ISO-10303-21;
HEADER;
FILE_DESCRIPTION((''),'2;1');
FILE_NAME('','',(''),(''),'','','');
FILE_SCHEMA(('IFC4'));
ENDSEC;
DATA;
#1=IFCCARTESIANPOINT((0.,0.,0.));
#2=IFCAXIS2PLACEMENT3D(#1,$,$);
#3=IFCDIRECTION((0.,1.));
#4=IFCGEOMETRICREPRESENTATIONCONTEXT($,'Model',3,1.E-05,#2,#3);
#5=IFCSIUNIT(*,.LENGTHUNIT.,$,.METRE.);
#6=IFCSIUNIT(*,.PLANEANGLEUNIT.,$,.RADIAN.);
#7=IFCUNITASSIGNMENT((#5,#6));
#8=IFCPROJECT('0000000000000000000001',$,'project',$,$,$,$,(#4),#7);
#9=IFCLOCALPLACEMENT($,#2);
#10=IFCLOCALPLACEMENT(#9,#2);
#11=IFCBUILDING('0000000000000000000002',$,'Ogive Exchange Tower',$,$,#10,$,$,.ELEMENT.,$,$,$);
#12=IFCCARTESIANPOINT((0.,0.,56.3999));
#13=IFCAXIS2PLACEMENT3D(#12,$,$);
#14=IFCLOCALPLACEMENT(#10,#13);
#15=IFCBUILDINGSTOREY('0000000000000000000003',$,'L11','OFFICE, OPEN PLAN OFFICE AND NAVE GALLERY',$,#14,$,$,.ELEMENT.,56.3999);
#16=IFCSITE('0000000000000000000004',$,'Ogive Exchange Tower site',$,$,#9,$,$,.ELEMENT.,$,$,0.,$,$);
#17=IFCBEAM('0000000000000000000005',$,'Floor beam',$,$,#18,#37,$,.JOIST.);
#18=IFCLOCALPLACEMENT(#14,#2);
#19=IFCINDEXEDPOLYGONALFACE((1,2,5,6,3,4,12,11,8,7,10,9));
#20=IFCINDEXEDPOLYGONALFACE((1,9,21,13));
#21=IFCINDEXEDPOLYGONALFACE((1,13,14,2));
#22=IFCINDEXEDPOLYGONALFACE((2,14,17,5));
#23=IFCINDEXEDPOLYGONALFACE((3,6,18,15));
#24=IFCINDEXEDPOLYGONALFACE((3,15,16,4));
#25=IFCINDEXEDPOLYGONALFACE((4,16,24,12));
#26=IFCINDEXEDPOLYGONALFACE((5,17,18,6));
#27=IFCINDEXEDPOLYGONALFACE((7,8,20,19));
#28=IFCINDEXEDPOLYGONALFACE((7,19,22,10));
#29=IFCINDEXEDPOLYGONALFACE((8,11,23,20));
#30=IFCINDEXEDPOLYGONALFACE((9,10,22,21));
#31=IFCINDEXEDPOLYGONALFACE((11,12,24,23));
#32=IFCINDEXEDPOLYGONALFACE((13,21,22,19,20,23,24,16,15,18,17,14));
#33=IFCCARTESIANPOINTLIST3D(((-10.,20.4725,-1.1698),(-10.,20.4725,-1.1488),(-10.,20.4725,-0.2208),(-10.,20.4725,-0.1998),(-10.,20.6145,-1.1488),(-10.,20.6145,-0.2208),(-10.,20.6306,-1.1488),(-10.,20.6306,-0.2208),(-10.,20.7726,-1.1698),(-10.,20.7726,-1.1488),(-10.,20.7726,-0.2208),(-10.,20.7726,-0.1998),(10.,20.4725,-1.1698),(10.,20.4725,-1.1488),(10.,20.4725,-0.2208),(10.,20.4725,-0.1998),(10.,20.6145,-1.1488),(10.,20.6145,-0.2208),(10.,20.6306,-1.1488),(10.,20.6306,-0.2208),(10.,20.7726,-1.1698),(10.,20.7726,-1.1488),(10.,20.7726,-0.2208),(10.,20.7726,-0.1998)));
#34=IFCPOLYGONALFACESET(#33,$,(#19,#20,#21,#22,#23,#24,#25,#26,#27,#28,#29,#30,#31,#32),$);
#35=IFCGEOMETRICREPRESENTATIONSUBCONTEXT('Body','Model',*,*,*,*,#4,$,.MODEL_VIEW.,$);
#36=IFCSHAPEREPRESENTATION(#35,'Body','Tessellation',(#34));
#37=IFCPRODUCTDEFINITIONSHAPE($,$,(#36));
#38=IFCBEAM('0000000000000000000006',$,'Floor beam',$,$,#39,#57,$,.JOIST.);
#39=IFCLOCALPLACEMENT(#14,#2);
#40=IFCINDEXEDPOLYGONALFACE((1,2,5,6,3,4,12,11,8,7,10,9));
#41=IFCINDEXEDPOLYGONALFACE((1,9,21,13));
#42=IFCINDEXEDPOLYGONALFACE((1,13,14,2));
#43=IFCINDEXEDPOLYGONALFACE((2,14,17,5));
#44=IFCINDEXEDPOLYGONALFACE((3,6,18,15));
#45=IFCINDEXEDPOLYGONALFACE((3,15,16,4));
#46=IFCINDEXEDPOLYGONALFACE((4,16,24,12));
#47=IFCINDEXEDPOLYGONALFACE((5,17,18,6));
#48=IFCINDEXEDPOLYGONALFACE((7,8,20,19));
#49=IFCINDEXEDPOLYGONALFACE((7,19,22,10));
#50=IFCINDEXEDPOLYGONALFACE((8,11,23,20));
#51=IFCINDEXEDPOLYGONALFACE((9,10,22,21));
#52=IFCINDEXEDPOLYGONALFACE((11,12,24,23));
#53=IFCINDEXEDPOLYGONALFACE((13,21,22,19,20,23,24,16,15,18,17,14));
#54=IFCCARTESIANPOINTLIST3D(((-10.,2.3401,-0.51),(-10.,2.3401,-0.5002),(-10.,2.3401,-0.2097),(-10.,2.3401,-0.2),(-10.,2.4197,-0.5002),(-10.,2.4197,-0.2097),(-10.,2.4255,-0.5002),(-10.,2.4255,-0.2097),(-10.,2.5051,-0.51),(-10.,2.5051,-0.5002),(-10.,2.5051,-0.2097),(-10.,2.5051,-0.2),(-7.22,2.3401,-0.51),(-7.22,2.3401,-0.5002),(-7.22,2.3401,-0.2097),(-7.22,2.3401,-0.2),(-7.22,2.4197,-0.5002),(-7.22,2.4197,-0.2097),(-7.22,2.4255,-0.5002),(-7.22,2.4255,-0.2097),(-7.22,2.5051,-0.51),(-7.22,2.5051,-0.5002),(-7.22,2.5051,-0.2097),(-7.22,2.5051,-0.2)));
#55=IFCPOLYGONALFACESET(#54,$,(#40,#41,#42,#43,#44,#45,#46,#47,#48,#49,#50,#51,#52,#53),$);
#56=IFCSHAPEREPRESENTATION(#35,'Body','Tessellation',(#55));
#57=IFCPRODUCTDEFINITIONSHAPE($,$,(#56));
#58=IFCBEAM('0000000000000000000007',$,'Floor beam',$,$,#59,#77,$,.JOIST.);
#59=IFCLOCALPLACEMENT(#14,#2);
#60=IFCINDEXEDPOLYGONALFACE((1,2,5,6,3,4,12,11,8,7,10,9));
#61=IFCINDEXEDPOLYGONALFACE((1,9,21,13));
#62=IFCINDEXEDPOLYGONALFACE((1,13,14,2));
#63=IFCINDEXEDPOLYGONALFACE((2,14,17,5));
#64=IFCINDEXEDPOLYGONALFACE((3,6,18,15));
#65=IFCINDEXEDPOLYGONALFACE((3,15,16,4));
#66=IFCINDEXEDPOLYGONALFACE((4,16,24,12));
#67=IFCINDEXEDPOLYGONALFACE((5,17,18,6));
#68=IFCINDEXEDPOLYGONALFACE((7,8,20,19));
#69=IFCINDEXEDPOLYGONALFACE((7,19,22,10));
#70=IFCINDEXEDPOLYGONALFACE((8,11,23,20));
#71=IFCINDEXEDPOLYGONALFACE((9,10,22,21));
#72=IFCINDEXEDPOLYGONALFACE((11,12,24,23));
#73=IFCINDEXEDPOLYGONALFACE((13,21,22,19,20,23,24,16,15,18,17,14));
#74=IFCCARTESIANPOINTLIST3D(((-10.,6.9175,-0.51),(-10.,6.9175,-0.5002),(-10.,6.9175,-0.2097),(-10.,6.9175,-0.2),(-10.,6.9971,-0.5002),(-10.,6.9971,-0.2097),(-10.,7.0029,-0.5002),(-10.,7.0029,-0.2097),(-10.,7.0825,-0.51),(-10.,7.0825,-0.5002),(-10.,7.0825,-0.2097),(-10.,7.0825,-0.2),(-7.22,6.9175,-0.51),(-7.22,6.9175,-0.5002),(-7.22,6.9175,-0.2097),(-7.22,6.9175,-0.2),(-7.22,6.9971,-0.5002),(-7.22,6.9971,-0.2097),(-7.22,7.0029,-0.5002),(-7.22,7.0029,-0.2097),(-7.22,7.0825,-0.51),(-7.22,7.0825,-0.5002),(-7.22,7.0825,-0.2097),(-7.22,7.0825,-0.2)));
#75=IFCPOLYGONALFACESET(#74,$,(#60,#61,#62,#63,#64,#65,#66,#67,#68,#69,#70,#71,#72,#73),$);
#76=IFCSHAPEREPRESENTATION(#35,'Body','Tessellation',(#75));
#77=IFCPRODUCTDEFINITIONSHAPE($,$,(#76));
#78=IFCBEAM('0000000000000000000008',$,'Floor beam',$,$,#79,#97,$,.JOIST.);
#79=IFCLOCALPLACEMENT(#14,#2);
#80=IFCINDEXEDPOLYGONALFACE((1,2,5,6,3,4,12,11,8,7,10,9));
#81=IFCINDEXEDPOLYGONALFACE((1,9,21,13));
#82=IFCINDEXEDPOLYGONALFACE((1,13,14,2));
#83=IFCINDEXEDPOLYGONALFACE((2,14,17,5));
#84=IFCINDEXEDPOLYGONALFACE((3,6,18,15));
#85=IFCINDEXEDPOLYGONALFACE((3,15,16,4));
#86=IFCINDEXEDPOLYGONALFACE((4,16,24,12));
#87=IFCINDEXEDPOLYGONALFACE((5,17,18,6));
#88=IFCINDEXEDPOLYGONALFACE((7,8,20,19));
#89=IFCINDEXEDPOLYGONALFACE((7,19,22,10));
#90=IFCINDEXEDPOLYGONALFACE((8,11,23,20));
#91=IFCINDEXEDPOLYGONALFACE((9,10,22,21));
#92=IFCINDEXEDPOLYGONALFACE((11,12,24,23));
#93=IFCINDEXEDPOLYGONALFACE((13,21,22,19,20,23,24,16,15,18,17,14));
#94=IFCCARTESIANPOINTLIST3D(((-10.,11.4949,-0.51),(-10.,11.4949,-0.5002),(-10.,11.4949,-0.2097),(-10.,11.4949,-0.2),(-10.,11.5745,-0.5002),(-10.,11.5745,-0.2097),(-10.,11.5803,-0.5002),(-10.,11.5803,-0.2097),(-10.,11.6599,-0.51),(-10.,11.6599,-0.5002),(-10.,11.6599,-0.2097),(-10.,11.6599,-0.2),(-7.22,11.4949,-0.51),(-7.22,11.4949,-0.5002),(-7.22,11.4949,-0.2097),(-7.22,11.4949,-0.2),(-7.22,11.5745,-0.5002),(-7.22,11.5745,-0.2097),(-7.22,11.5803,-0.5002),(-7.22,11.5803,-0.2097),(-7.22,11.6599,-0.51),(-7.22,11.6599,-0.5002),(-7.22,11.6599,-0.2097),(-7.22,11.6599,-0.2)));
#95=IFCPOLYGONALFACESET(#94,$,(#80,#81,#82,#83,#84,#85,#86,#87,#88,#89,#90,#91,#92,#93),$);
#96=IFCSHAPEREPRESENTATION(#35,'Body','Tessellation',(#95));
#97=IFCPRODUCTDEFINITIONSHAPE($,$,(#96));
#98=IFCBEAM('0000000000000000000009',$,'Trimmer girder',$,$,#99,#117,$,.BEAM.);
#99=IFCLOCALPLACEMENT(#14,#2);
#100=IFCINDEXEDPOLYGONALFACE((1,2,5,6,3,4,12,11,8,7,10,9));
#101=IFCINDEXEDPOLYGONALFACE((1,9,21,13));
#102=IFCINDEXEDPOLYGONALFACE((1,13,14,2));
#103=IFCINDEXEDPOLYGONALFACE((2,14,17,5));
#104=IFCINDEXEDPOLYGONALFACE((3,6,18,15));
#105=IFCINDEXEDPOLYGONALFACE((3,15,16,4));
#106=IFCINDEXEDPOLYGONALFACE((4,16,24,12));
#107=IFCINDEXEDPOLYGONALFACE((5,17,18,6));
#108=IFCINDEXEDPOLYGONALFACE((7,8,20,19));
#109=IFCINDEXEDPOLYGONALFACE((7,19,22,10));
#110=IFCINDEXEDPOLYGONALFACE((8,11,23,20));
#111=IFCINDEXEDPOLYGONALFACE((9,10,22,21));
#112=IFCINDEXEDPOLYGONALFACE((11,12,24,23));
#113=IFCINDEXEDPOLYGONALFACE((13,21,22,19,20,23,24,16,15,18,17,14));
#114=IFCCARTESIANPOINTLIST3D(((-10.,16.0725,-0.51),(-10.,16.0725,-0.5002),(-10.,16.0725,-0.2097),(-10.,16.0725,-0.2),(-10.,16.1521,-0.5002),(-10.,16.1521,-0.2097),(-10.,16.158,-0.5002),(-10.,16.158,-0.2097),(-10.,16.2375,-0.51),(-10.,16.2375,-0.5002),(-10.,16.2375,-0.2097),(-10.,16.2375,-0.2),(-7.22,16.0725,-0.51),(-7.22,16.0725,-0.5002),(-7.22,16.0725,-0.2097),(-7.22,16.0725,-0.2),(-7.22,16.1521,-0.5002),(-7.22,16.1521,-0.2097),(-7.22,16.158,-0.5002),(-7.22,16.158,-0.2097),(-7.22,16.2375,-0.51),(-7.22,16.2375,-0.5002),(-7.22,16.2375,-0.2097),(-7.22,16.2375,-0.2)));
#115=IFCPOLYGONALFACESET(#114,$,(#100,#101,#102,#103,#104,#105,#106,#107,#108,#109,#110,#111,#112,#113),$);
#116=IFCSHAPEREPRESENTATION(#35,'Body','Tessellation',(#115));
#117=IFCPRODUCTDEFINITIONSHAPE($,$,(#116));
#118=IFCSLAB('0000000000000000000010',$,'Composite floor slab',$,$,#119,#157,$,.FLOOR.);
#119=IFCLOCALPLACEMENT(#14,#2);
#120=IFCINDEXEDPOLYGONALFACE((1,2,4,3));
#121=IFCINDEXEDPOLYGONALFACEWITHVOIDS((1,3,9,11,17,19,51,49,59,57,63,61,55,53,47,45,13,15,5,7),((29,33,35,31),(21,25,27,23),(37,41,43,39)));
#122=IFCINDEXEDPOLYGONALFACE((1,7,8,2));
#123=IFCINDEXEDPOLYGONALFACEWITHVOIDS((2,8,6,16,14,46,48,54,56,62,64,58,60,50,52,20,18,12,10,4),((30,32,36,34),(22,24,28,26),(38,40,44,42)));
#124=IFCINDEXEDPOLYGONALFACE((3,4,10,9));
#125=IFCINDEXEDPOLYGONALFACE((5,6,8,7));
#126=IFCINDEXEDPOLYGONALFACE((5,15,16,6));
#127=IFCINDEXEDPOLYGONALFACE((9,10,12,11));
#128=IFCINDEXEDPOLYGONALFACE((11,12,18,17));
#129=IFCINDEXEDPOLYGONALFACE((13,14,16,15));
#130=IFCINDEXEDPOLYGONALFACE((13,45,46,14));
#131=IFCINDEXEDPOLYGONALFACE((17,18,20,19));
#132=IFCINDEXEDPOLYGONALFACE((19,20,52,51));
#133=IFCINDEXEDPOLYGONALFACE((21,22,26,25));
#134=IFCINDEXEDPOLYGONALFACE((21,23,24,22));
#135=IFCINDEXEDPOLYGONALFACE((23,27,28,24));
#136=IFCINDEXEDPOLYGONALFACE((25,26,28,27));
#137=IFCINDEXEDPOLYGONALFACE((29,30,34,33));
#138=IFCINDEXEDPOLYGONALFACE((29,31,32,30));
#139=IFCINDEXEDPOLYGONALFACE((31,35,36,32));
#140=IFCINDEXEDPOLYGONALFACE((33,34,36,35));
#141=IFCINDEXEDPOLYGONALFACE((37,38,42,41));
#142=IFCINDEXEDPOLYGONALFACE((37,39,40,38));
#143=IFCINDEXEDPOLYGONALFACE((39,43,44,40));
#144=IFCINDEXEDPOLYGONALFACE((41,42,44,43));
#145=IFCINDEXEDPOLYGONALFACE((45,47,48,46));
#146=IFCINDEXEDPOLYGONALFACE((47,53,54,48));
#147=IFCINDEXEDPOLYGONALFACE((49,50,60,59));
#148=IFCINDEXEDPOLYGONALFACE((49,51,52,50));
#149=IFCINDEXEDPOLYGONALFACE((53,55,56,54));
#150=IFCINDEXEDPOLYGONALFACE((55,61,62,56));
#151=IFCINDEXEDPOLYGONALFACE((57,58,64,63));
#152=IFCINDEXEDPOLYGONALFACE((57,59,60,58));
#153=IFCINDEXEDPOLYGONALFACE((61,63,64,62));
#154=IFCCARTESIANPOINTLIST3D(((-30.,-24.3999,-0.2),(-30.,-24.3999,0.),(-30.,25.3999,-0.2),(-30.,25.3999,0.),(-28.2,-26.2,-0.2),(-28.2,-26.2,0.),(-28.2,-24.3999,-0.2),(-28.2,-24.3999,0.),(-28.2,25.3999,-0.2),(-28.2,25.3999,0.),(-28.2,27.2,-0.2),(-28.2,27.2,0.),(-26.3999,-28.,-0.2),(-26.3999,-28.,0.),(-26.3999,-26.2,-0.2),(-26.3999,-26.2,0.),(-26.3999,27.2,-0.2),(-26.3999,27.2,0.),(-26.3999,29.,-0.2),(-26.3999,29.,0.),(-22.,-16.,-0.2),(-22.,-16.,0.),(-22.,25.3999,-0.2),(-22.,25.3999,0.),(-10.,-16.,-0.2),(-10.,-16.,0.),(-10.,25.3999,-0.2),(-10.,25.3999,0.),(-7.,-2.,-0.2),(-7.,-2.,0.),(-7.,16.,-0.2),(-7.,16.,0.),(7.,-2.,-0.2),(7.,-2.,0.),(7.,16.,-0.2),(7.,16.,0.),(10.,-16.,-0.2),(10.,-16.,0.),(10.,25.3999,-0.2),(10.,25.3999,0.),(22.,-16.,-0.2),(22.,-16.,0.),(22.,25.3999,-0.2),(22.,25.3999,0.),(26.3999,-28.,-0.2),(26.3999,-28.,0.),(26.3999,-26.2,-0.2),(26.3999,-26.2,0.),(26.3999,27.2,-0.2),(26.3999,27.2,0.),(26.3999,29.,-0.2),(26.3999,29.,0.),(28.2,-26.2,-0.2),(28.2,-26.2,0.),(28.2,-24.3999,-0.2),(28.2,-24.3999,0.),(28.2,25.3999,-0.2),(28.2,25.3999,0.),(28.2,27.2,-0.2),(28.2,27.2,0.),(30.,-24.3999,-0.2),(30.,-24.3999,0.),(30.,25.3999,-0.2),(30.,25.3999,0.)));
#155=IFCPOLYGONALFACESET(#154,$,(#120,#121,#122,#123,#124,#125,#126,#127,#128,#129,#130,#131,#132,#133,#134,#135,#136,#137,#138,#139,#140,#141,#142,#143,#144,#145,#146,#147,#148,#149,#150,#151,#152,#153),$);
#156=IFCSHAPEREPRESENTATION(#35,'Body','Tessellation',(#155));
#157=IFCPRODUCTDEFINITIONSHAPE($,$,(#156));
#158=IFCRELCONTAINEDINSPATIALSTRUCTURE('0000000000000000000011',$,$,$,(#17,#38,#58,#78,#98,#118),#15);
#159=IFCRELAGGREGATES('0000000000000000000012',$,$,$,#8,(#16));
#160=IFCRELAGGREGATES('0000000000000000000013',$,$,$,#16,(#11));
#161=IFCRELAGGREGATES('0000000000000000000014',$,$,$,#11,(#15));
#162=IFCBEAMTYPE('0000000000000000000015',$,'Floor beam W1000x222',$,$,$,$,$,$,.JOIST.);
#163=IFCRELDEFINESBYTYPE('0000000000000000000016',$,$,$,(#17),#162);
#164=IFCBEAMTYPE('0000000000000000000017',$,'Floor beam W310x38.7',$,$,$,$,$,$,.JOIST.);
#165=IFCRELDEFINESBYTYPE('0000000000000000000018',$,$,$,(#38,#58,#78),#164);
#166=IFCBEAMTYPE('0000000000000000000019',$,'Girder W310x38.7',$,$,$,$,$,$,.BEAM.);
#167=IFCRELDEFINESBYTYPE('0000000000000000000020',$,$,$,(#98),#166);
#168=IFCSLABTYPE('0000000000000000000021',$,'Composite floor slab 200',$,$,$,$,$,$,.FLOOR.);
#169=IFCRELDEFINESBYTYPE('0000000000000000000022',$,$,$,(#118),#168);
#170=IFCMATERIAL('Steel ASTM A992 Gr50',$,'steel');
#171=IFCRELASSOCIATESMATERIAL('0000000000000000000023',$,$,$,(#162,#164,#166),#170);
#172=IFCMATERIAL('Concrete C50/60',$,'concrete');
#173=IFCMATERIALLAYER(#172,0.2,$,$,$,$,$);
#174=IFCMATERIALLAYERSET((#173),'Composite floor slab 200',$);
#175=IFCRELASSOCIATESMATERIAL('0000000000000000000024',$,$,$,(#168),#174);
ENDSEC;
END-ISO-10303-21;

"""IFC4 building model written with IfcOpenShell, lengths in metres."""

from ifc_helpers import new_model, si_unit, direction, frame, origin, origin_2d, place, context, subcontext, project, spatial, polyline, i_section, outline, extrude, material, layer, layer_set, material_profile, profile_set, type_object, element, save


model = new_model("IFC4")

# Units and contexts
model_context = context("Model", 3, precision=1e-05, world=origin(), true_north=direction((0.0, 1.0)))
body_context = subcontext(model_context, "Body", "Model", "MODEL_VIEW")
ifc_project = project(units=[si_unit("LENGTHUNIT", "METRE"), si_unit("PLANEANGLEUNIT", "RADIAN")], contexts=[model_context])

# Site, building, storey
site_placement = place(None, origin())
site = spatial("IfcSite", under=ifc_project, at=site_placement, Name="Ogive Exchange Tower site", CompositionType="ELEMENT", RefElevation=0.0)
building_placement = place(site_placement, origin())
building = spatial("IfcBuilding", under=site, at=building_placement, Name="Ogive Exchange Tower", CompositionType="ELEMENT")
storey_placement = place(building_placement, frame((0.0, 0.0, 56.3999)))
storey = spatial("IfcBuildingStorey", under=building, at=storey_placement, Name="L11", Description="OFFICE, OPEN PLAN OFFICE AND NAVE GALLERY", CompositionType="ELEMENT", Elevation=56.3999)

# Beams
ifc_material_1 = material(Name="Steel ASTM A992 Gr50", Category="steel")
ifc_material_profile_1 = material_profile(ifc_material_1, i_section(OverallWidth=0.3, OverallDepth=0.97, WebThickness=0.0161, FlangeThickness=0.021, at=origin_2d()), Name="W1000x222")
ifc_profile_set_1 = profile_set([ifc_material_profile_1], Name="Steel ASTM A992 Gr50")
beam_type_1 = type_object("IfcBeamType", Name="Floor beam W1000x222", PredefinedType="JOIST", material=ifc_profile_set_1)
beam_1_placement = place(storey_placement, frame((-10.0, 20.6226, -0.6848), z_axis=(1.0, 0.0, 0.0), x_axis=(0.0, 1.0, 0.0)))
element("IfcBeam", 1, at=beam_1_placement, inside=storey, type_object=beam_type_1, Name="Floor beam", PredefinedType="JOIST", context=body_context, shape_type="SweptSolid", body=[
    extrude(i_section(OverallWidth=0.3, OverallDepth=0.97, WebThickness=0.0161, FlangeThickness=0.021, at=origin_2d()), origin(), (0.0, 0.0, 1.0), 20.0),
])
ifc_material_profile_2 = material_profile(ifc_material_1, i_section(OverallWidth=0.165, OverallDepth=0.3101, WebThickness=0.0059, FlangeThickness=0.0098, at=origin_2d()), Name="W310x38.7")
ifc_profile_set_2 = profile_set([ifc_material_profile_2], Name="Steel ASTM A992 Gr50")
beam_type_2 = type_object("IfcBeamType", Name="Floor beam W310x38.7", PredefinedType="JOIST", material=ifc_profile_set_2)
for number, where, z_axis, x_axis, name in (
    (2, (-10.0, 2.4226, -0.355), (1.0, 0.0, 0.0), (0.0, 1.0, 0.0), "Floor beam"),
    (3, (-10.0, 7.0, -0.355), (1.0, 0.0, 0.0), (0.0, 1.0, 0.0), "Floor beam"),
    (4, (-10.0, 11.5774, -0.355), (1.0, 0.0, 0.0), (0.0, 1.0, 0.0), "Floor beam"),
):
    element("IfcBeam", number, at=place(storey_placement, frame(where, z_axis=z_axis, x_axis=x_axis)), inside=storey, type_object=beam_type_2, Name=name, PredefinedType="JOIST", context=body_context, shape_type="SweptSolid", body=[
        extrude(i_section(OverallWidth=0.165, OverallDepth=0.3101, WebThickness=0.0059, FlangeThickness=0.0098, at=origin_2d()), origin(), (0.0, 0.0, 1.0), 2.78),
    ])
ifc_material_profile_3 = material_profile(ifc_material_1, i_section(OverallWidth=0.165, OverallDepth=0.3101, WebThickness=0.0059, FlangeThickness=0.0098, at=origin_2d()), Name="W310x38.7")
ifc_profile_set_3 = profile_set([ifc_material_profile_3], Name="Steel ASTM A992 Gr50")
beam_type_3 = type_object("IfcBeamType", Name="Girder W310x38.7", PredefinedType="BEAM", material=ifc_profile_set_3)
beam_2_placement = place(storey_placement, frame((-10.0, 16.155, -0.355), z_axis=(1.0, 0.0, 0.0), x_axis=(0.0, 1.0, 0.0)))
element("IfcBeam", 5, at=beam_2_placement, inside=storey, type_object=beam_type_3, Name="Trimmer girder", PredefinedType="BEAM", context=body_context, shape_type="SweptSolid", body=[
    extrude(i_section(OverallWidth=0.165, OverallDepth=0.3101, WebThickness=0.0059, FlangeThickness=0.0098, at=origin_2d()), origin(), (0.0, 0.0, 1.0), 2.78),
])

# Slab
ifc_material_2 = material(Name="Concrete C50/60", Category="concrete")
ifc_layer_1 = layer(ifc_material_2, 0.2)
ifc_layer_set_1 = layer_set([ifc_layer_1], Name="Composite floor slab 200")
slab_type_1 = type_object("IfcSlabType", Name="Composite floor slab 200", PredefinedType="FLOOR", material=ifc_layer_set_1)
slab_1_placement = place(storey_placement, frame((0.0, 0.0, -0.2)))
element("IfcSlab", 6, at=slab_1_placement, inside=storey, type_object=slab_type_1, Name="Composite floor slab", PredefinedType="FLOOR", context=body_context, shape_type="SweptSolid", body=[
    extrude(outline(polyline([(-26.3999, -26.2), (-28.2, -26.2), (-28.2, -24.3999), (-30.0, -24.3999), (-30.0, 25.3999), (-28.2, 25.3999), (-28.2, 27.2), (-26.3999, 27.2), (-26.3999, 29.0), (26.3999, 29.0), (26.3999, 27.2), (28.2, 27.2), (28.2, 25.3999), (30.0, 25.3999), (30.0, -24.3999), (28.2, -24.3999), (28.2, -26.2), (26.3999, -26.2), (26.3999, -28.0), (-26.3999, -28.0), (-26.3999, -26.2)]), holes=[polyline([(-10.0, -16.0), (-10.0, 25.3999), (-22.0, 25.3999), (-22.0, -16.0), (-10.0, -16.0)]), polyline([(10.0, -16.0), (22.0, -16.0), (22.0, 25.3999), (10.0, 25.3999), (10.0, -16.0)]), polyline([(-7.0, -2.0), (7.0, -2.0), (7.0, 16.0), (-7.0, 16.0), (-7.0, -2.0)])]), origin(), (0.0, 0.0, 1.0), 0.2),
])

save(model, "model.ifc")
